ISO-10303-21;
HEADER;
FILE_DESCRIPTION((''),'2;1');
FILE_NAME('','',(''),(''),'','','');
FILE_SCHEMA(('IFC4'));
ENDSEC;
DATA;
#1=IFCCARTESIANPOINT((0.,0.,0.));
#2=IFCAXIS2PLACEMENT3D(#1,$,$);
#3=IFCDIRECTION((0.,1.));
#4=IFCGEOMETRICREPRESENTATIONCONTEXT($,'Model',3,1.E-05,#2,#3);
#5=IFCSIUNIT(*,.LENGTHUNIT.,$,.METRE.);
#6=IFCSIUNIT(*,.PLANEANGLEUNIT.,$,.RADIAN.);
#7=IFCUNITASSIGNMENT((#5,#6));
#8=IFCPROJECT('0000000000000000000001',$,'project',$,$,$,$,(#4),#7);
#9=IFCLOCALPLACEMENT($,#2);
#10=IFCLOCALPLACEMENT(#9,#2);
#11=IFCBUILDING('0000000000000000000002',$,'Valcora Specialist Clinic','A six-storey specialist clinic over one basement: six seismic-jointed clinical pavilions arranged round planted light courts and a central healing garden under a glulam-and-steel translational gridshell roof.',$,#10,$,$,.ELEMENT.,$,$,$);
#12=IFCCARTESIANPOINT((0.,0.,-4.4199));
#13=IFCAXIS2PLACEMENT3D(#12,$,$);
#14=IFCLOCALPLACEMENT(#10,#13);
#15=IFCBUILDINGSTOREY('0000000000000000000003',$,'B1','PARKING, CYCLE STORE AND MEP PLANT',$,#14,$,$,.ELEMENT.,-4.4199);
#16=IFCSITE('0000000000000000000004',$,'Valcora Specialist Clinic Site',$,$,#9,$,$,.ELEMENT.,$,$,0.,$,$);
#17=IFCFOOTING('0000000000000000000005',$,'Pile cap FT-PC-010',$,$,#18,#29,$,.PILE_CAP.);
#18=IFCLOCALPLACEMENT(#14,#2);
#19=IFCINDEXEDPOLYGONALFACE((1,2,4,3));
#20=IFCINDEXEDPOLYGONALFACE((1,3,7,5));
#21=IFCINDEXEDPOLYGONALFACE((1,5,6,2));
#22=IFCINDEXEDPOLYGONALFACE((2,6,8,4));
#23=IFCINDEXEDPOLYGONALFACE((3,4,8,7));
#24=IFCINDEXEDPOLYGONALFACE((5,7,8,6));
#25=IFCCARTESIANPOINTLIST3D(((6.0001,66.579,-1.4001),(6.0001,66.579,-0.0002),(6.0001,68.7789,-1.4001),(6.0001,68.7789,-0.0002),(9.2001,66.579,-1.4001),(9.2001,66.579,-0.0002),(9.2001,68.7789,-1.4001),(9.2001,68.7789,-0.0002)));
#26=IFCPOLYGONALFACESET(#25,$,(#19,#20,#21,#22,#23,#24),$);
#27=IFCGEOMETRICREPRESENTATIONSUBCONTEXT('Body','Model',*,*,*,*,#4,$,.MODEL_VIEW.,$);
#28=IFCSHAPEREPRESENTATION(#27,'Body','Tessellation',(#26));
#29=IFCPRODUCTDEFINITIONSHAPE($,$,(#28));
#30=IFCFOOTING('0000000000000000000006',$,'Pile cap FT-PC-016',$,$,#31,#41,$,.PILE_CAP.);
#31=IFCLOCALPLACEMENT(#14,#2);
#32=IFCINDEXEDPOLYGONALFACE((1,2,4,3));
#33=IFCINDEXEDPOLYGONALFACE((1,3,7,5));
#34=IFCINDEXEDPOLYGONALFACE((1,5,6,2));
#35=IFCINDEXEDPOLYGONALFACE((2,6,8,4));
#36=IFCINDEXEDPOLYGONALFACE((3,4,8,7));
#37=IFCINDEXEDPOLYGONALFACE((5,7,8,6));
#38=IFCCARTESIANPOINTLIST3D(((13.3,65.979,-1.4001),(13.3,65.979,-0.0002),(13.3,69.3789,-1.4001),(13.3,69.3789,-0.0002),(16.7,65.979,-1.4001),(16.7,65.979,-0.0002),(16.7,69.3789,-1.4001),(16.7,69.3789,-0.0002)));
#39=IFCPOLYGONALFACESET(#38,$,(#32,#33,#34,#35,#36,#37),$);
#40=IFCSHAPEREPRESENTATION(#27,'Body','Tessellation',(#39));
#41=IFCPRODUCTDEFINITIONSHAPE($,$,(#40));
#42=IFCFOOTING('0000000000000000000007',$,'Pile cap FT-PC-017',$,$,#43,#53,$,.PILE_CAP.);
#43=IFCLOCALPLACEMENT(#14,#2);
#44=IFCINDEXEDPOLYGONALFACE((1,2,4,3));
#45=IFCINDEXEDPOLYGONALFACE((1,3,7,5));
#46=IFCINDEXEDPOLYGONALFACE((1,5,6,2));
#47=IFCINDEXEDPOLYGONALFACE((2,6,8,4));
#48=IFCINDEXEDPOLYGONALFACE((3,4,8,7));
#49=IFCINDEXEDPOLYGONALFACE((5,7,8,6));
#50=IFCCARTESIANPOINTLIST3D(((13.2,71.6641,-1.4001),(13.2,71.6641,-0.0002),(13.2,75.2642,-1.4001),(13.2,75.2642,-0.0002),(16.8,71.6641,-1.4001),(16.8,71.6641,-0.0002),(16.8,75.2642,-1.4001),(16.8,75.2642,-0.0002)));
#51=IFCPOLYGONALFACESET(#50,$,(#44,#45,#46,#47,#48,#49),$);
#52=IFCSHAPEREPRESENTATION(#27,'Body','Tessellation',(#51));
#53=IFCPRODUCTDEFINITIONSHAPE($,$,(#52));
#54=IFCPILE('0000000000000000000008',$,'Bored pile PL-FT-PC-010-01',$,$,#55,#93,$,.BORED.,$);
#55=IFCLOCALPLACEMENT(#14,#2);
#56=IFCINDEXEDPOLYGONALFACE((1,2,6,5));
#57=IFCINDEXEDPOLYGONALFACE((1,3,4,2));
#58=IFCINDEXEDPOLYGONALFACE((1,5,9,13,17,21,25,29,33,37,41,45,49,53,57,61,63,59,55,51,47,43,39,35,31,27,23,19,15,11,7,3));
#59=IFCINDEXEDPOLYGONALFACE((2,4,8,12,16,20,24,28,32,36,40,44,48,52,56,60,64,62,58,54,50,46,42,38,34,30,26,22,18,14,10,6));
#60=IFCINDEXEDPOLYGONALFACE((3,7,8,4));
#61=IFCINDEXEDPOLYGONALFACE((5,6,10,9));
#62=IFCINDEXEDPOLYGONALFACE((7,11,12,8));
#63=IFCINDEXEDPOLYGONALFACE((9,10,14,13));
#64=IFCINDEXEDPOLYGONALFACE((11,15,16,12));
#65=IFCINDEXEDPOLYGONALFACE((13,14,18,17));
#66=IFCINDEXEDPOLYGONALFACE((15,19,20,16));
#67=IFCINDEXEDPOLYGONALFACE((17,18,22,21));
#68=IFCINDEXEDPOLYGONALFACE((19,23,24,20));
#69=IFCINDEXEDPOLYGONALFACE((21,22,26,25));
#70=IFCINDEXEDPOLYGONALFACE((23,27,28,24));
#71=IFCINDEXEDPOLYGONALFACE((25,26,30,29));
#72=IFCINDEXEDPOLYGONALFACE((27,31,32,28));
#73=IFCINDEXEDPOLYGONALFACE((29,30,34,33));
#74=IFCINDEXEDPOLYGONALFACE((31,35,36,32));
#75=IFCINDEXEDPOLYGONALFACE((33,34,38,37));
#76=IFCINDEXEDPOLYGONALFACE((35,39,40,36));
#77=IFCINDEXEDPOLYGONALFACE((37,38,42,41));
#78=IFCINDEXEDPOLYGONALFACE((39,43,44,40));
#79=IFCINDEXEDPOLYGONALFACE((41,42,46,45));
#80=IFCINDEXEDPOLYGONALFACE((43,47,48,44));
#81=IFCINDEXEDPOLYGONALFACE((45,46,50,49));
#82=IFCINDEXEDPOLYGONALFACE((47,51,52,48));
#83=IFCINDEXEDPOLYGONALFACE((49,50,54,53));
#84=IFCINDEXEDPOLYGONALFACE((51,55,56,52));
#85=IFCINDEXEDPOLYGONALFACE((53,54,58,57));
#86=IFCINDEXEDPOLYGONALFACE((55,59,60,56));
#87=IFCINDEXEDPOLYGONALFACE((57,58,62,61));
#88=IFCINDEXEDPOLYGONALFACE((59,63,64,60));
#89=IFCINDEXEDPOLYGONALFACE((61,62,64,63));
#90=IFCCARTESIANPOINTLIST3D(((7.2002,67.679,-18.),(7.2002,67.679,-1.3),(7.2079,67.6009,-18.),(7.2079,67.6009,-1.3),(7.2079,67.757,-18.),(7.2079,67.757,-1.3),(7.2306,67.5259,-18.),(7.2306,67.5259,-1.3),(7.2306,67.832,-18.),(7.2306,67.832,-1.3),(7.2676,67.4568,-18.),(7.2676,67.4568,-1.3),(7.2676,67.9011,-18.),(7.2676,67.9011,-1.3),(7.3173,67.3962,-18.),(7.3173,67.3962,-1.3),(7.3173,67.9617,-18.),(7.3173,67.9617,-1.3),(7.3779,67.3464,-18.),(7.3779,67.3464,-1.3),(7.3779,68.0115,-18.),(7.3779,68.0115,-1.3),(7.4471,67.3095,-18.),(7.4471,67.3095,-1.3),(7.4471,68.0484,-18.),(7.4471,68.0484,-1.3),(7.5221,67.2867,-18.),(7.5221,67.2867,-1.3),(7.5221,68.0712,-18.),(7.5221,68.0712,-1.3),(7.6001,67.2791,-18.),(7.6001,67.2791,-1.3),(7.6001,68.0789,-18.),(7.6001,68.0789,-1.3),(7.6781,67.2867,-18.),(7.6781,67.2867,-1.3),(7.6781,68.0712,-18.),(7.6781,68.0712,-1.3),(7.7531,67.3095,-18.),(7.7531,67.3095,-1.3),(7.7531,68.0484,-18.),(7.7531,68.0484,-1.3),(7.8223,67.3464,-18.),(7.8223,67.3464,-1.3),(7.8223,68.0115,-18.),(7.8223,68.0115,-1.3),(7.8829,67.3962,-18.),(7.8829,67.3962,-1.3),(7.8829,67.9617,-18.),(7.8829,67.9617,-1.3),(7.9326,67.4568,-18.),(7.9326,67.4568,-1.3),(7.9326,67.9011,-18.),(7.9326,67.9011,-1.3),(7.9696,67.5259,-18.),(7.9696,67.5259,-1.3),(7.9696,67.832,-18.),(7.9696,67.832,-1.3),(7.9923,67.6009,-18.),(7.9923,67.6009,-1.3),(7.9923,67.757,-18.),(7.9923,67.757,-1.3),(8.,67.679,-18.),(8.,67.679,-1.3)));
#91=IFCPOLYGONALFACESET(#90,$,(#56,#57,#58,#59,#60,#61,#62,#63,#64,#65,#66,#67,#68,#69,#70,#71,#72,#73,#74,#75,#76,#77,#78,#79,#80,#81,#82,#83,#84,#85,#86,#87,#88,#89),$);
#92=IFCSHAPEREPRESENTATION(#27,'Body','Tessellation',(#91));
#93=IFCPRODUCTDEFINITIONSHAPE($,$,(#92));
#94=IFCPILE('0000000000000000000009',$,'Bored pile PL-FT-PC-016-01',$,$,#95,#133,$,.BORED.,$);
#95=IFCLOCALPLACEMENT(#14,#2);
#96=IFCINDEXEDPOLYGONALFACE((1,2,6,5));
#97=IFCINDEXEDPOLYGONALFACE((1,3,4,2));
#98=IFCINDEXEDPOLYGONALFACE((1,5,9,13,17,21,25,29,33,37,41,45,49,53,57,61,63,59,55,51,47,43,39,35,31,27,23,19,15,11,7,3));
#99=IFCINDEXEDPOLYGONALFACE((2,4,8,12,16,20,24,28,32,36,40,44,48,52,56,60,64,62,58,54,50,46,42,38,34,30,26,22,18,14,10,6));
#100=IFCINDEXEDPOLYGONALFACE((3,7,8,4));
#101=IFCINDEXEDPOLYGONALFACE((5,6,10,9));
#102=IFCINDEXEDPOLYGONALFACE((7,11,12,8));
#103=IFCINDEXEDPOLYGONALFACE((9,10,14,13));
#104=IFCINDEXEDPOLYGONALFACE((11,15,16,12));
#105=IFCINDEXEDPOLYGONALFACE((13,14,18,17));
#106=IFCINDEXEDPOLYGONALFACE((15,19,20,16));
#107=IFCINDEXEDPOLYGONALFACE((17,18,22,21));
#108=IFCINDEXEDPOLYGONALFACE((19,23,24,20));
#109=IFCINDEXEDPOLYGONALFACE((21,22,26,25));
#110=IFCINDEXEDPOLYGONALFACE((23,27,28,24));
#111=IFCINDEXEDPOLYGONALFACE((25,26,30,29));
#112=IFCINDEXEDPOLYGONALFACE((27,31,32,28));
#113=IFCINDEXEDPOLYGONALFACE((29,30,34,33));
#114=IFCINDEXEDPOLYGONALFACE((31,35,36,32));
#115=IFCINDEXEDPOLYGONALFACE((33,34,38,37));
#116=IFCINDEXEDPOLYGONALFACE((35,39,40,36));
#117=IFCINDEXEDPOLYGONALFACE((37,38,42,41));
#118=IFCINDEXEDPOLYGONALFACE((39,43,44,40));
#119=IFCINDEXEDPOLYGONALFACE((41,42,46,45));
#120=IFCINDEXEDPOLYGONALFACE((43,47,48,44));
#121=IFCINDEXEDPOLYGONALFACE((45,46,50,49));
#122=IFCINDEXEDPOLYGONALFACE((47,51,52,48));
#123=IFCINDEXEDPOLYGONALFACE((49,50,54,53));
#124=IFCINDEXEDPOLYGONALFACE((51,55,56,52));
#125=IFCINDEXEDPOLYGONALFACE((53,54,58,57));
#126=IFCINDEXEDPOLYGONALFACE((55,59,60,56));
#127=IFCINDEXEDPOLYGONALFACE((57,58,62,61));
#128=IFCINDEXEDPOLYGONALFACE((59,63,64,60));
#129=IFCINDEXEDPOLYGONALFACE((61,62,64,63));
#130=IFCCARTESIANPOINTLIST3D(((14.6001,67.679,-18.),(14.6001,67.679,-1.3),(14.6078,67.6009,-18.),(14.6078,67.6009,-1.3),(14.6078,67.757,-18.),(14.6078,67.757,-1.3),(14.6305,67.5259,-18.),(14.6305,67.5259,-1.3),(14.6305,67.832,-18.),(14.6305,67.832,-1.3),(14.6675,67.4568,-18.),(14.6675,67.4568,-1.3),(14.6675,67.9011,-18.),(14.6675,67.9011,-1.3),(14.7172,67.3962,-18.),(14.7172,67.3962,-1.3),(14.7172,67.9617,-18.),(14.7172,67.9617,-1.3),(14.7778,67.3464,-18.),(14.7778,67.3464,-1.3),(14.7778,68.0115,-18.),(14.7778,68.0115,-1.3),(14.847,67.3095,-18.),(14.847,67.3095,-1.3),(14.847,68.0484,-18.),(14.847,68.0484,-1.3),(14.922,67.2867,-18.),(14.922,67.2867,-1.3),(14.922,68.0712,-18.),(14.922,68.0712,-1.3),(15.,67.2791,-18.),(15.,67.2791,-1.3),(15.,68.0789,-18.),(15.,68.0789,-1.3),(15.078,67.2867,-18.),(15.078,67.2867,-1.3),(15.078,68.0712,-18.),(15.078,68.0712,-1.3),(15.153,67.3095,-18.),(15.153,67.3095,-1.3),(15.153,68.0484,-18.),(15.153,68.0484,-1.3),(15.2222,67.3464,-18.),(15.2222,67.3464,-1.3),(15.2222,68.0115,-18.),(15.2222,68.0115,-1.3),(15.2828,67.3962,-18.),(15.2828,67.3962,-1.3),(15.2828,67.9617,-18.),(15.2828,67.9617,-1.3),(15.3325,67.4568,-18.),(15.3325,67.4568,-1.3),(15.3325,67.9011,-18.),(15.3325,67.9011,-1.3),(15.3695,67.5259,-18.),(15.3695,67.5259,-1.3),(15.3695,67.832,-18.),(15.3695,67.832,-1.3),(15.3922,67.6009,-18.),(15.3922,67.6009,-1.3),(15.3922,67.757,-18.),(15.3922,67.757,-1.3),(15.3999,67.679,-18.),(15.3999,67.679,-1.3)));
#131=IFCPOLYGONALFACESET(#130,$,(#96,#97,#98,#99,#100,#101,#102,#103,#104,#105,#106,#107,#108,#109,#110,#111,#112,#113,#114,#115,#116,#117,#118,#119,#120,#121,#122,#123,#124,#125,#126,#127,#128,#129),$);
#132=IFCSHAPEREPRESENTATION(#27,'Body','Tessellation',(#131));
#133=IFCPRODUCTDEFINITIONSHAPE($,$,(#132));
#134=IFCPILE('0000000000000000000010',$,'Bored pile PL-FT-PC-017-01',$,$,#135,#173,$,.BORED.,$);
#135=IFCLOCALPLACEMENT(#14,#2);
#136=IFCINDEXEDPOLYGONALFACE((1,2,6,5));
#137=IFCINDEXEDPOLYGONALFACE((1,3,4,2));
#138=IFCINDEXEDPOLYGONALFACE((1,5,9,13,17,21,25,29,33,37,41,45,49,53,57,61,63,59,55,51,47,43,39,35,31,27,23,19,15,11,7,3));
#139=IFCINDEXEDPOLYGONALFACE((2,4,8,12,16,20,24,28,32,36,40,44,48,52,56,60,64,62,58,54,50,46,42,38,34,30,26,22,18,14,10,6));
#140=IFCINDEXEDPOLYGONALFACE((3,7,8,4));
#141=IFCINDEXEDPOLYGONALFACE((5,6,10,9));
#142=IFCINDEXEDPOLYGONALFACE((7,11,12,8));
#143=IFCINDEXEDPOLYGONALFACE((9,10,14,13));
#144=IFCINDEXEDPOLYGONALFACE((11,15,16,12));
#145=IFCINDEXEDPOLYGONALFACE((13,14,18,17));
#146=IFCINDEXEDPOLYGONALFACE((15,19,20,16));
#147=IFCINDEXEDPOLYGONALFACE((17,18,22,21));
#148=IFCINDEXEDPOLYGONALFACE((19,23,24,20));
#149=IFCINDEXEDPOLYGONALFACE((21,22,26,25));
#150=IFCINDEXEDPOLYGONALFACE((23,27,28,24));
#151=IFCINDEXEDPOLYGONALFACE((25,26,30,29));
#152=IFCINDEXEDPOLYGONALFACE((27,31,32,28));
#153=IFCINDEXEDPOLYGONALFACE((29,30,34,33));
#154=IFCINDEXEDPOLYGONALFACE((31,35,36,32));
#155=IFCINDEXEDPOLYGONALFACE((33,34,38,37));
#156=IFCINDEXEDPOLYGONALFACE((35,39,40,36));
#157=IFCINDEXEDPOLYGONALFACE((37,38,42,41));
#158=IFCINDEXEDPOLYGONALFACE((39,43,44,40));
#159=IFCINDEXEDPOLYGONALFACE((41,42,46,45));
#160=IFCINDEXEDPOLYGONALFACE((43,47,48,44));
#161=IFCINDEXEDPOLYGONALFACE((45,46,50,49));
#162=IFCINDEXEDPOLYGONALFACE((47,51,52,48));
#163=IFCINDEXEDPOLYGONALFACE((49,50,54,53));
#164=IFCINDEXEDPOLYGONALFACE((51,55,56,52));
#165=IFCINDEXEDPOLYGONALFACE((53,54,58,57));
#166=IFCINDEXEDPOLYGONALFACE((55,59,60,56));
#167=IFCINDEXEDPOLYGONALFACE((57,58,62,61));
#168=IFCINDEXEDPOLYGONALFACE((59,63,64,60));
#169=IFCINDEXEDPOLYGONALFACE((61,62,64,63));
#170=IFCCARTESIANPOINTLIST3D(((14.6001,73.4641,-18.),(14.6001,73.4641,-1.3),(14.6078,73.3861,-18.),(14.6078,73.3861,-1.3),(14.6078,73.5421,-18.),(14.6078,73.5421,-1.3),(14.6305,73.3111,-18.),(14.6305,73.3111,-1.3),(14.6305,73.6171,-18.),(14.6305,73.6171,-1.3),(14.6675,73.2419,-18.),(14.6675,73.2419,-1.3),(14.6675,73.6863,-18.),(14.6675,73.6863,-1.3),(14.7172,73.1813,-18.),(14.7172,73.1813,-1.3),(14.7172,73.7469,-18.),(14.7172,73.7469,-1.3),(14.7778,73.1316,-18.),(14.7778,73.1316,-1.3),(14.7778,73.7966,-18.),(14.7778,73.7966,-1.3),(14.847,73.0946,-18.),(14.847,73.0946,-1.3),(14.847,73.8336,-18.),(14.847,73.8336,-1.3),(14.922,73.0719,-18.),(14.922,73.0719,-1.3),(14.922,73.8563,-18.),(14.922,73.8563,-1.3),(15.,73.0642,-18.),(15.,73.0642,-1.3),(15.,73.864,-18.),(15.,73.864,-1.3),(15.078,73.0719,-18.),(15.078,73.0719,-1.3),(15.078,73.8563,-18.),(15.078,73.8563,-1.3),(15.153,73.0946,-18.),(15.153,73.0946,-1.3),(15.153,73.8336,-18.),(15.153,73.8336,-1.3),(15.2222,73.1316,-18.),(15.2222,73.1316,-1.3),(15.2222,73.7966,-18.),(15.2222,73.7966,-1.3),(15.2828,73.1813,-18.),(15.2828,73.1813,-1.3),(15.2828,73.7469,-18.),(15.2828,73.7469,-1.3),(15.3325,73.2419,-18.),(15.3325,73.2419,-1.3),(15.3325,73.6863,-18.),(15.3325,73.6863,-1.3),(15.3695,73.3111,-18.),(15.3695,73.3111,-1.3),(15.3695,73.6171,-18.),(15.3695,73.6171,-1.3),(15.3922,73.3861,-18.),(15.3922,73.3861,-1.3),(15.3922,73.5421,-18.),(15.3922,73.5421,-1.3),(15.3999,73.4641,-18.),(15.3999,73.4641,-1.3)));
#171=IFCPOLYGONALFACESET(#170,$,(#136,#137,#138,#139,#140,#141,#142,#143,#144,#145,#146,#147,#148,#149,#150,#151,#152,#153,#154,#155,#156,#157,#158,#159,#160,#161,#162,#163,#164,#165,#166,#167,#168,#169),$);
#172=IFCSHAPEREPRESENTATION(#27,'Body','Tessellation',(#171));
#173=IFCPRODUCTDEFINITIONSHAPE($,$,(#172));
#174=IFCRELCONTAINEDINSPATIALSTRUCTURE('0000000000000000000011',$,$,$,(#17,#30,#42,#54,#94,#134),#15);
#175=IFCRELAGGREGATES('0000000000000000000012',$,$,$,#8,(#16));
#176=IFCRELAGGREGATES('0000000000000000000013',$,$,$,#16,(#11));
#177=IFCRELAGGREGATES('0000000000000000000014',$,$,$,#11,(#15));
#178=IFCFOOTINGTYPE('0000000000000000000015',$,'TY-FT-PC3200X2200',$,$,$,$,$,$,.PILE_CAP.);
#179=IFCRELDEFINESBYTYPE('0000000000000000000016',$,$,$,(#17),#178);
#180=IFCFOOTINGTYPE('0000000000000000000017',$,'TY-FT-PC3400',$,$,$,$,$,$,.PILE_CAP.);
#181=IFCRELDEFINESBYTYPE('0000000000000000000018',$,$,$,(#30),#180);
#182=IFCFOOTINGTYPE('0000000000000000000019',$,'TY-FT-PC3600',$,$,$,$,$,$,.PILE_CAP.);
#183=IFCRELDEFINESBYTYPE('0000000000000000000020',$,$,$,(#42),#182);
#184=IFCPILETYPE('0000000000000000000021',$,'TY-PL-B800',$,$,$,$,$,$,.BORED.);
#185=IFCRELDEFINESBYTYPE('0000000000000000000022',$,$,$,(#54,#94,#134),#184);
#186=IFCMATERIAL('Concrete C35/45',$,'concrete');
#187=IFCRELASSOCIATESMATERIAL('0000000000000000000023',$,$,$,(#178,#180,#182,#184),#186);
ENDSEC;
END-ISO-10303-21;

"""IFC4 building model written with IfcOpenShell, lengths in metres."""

from ifc_helpers import new_model, si_unit, direction, frame, origin, origin_2d, place, context, subcontext, project, spatial, rectangle, circle, extrude, material, material_profile, profile_set, type_object, element, save


model = new_model("IFC4")

# Units and contexts
model_context = context("Model", 3, precision=1e-05, world=origin(), true_north=direction((0.0, 1.0)))
body_context = subcontext(model_context, "Body", "Model", "MODEL_VIEW")
ifc_project = project(units=[si_unit("LENGTHUNIT", "METRE"), si_unit("PLANEANGLEUNIT", "RADIAN")], contexts=[model_context])

# Site, building, storey
site_placement = place(None, origin())
site = spatial("IfcSite", under=ifc_project, at=site_placement, Name="Valcora Specialist Clinic Site", CompositionType="ELEMENT", RefElevation=0.0)
building_placement = place(site_placement, origin())
building = spatial("IfcBuilding", under=site, at=building_placement, Name="Valcora Specialist Clinic", Description="A six-storey specialist clinic over one basement: six seismic-jointed clinical pavilions arranged round planted light courts and a central healing garden under a glulam-and-steel translational gridshell roof.", CompositionType="ELEMENT")
storey_placement = place(building_placement, frame((0.0, 0.0, -4.4199)))
storey = spatial("IfcBuildingStorey", under=building, at=storey_placement, Name="B1", Description="PARKING, CYCLE STORE AND MEP PLANT", CompositionType="ELEMENT", Elevation=-4.4199)

# Footings
ifc_material_1 = material(Name="Concrete C35/45", Category="concrete")
footing_type_1 = type_object("IfcFootingType", Name="TY-FT-PC3200X2200", PredefinedType="PILE_CAP", material=ifc_material_1)
footing_1_placement = place(storey_placement, frame((7.6001, 67.679, -1.4001), z_axis=(0.0, 0.0, 1.0), x_axis=(1.0, 0.0, 0.0)))
element("IfcFooting", 1, at=footing_1_placement, inside=storey, type_object=footing_type_1, Name="Pile cap FT-PC-010", PredefinedType="PILE_CAP", context=body_context, shape_type="SweptSolid", body=[
    extrude(rectangle(XDim=3.2, YDim=2.2, at=origin_2d()), origin(), (0.0, 0.0, 1.0), 1.3999),
])
footing_type_2 = type_object("IfcFootingType", Name="TY-FT-PC3400", PredefinedType="PILE_CAP", material=ifc_material_1)
footing_2_placement = place(storey_placement, frame((15.0, 67.679, -1.4001), z_axis=(0.0, 0.0, 1.0), x_axis=(1.0, 0.0, 0.0)))
element("IfcFooting", 2, at=footing_2_placement, inside=storey, type_object=footing_type_2, Name="Pile cap FT-PC-016", PredefinedType="PILE_CAP", context=body_context, shape_type="SweptSolid", body=[
    extrude(rectangle(XDim=3.3999, YDim=3.3999, at=origin_2d()), origin(), (0.0, 0.0, 1.0), 1.3999),
])
footing_type_3 = type_object("IfcFootingType", Name="TY-FT-PC3600", PredefinedType="PILE_CAP", material=ifc_material_1)
footing_3_placement = place(storey_placement, frame((15.0, 73.4641, -1.4001), z_axis=(0.0, 0.0, 1.0), x_axis=(1.0, 0.0, 0.0)))
element("IfcFooting", 3, at=footing_3_placement, inside=storey, type_object=footing_type_3, Name="Pile cap FT-PC-017", PredefinedType="PILE_CAP", context=body_context, shape_type="SweptSolid", body=[
    extrude(rectangle(XDim=3.6001, YDim=3.6001, at=origin_2d()), origin(), (0.0, 0.0, 1.0), 1.3999),
])

# Piles
ifc_material_profile_1 = material_profile(ifc_material_1, circle(Radius=0.3999, at=origin_2d()), Name="RC-PIL-D800")
ifc_profile_set_1 = profile_set([ifc_material_profile_1], Name="Concrete C35/45")
pile_type_1 = type_object("IfcPileType", Name="TY-PL-B800", PredefinedType="BORED", material=ifc_profile_set_1)
for number, where, z_axis, x_axis, name in (
    (4, (7.6001, 67.679, -1.3), (0.0, 0.0, -1.0), (1.0, 0.0, 0.0), "Bored pile PL-FT-PC-010-01"),
    (5, (15.0, 67.679, -1.3), (0.0, 0.0, -1.0), (1.0, 0.0, 0.0), "Bored pile PL-FT-PC-016-01"),
    (6, (15.0, 73.4641, -1.3), (0.0, 0.0, -1.0), (1.0, 0.0, 0.0), "Bored pile PL-FT-PC-017-01"),
):
    element("IfcPile", number, at=place(storey_placement, frame(where, z_axis=z_axis, x_axis=x_axis)), inside=storey, type_object=pile_type_1, Name=name, PredefinedType="BORED", context=body_context, shape_type="SweptSolid", body=[
        extrude(circle(Radius=0.3999, at=origin_2d()), origin(), (0.0, 0.0, 1.0), 16.7),
    ])

save(model, "model.ifc")
